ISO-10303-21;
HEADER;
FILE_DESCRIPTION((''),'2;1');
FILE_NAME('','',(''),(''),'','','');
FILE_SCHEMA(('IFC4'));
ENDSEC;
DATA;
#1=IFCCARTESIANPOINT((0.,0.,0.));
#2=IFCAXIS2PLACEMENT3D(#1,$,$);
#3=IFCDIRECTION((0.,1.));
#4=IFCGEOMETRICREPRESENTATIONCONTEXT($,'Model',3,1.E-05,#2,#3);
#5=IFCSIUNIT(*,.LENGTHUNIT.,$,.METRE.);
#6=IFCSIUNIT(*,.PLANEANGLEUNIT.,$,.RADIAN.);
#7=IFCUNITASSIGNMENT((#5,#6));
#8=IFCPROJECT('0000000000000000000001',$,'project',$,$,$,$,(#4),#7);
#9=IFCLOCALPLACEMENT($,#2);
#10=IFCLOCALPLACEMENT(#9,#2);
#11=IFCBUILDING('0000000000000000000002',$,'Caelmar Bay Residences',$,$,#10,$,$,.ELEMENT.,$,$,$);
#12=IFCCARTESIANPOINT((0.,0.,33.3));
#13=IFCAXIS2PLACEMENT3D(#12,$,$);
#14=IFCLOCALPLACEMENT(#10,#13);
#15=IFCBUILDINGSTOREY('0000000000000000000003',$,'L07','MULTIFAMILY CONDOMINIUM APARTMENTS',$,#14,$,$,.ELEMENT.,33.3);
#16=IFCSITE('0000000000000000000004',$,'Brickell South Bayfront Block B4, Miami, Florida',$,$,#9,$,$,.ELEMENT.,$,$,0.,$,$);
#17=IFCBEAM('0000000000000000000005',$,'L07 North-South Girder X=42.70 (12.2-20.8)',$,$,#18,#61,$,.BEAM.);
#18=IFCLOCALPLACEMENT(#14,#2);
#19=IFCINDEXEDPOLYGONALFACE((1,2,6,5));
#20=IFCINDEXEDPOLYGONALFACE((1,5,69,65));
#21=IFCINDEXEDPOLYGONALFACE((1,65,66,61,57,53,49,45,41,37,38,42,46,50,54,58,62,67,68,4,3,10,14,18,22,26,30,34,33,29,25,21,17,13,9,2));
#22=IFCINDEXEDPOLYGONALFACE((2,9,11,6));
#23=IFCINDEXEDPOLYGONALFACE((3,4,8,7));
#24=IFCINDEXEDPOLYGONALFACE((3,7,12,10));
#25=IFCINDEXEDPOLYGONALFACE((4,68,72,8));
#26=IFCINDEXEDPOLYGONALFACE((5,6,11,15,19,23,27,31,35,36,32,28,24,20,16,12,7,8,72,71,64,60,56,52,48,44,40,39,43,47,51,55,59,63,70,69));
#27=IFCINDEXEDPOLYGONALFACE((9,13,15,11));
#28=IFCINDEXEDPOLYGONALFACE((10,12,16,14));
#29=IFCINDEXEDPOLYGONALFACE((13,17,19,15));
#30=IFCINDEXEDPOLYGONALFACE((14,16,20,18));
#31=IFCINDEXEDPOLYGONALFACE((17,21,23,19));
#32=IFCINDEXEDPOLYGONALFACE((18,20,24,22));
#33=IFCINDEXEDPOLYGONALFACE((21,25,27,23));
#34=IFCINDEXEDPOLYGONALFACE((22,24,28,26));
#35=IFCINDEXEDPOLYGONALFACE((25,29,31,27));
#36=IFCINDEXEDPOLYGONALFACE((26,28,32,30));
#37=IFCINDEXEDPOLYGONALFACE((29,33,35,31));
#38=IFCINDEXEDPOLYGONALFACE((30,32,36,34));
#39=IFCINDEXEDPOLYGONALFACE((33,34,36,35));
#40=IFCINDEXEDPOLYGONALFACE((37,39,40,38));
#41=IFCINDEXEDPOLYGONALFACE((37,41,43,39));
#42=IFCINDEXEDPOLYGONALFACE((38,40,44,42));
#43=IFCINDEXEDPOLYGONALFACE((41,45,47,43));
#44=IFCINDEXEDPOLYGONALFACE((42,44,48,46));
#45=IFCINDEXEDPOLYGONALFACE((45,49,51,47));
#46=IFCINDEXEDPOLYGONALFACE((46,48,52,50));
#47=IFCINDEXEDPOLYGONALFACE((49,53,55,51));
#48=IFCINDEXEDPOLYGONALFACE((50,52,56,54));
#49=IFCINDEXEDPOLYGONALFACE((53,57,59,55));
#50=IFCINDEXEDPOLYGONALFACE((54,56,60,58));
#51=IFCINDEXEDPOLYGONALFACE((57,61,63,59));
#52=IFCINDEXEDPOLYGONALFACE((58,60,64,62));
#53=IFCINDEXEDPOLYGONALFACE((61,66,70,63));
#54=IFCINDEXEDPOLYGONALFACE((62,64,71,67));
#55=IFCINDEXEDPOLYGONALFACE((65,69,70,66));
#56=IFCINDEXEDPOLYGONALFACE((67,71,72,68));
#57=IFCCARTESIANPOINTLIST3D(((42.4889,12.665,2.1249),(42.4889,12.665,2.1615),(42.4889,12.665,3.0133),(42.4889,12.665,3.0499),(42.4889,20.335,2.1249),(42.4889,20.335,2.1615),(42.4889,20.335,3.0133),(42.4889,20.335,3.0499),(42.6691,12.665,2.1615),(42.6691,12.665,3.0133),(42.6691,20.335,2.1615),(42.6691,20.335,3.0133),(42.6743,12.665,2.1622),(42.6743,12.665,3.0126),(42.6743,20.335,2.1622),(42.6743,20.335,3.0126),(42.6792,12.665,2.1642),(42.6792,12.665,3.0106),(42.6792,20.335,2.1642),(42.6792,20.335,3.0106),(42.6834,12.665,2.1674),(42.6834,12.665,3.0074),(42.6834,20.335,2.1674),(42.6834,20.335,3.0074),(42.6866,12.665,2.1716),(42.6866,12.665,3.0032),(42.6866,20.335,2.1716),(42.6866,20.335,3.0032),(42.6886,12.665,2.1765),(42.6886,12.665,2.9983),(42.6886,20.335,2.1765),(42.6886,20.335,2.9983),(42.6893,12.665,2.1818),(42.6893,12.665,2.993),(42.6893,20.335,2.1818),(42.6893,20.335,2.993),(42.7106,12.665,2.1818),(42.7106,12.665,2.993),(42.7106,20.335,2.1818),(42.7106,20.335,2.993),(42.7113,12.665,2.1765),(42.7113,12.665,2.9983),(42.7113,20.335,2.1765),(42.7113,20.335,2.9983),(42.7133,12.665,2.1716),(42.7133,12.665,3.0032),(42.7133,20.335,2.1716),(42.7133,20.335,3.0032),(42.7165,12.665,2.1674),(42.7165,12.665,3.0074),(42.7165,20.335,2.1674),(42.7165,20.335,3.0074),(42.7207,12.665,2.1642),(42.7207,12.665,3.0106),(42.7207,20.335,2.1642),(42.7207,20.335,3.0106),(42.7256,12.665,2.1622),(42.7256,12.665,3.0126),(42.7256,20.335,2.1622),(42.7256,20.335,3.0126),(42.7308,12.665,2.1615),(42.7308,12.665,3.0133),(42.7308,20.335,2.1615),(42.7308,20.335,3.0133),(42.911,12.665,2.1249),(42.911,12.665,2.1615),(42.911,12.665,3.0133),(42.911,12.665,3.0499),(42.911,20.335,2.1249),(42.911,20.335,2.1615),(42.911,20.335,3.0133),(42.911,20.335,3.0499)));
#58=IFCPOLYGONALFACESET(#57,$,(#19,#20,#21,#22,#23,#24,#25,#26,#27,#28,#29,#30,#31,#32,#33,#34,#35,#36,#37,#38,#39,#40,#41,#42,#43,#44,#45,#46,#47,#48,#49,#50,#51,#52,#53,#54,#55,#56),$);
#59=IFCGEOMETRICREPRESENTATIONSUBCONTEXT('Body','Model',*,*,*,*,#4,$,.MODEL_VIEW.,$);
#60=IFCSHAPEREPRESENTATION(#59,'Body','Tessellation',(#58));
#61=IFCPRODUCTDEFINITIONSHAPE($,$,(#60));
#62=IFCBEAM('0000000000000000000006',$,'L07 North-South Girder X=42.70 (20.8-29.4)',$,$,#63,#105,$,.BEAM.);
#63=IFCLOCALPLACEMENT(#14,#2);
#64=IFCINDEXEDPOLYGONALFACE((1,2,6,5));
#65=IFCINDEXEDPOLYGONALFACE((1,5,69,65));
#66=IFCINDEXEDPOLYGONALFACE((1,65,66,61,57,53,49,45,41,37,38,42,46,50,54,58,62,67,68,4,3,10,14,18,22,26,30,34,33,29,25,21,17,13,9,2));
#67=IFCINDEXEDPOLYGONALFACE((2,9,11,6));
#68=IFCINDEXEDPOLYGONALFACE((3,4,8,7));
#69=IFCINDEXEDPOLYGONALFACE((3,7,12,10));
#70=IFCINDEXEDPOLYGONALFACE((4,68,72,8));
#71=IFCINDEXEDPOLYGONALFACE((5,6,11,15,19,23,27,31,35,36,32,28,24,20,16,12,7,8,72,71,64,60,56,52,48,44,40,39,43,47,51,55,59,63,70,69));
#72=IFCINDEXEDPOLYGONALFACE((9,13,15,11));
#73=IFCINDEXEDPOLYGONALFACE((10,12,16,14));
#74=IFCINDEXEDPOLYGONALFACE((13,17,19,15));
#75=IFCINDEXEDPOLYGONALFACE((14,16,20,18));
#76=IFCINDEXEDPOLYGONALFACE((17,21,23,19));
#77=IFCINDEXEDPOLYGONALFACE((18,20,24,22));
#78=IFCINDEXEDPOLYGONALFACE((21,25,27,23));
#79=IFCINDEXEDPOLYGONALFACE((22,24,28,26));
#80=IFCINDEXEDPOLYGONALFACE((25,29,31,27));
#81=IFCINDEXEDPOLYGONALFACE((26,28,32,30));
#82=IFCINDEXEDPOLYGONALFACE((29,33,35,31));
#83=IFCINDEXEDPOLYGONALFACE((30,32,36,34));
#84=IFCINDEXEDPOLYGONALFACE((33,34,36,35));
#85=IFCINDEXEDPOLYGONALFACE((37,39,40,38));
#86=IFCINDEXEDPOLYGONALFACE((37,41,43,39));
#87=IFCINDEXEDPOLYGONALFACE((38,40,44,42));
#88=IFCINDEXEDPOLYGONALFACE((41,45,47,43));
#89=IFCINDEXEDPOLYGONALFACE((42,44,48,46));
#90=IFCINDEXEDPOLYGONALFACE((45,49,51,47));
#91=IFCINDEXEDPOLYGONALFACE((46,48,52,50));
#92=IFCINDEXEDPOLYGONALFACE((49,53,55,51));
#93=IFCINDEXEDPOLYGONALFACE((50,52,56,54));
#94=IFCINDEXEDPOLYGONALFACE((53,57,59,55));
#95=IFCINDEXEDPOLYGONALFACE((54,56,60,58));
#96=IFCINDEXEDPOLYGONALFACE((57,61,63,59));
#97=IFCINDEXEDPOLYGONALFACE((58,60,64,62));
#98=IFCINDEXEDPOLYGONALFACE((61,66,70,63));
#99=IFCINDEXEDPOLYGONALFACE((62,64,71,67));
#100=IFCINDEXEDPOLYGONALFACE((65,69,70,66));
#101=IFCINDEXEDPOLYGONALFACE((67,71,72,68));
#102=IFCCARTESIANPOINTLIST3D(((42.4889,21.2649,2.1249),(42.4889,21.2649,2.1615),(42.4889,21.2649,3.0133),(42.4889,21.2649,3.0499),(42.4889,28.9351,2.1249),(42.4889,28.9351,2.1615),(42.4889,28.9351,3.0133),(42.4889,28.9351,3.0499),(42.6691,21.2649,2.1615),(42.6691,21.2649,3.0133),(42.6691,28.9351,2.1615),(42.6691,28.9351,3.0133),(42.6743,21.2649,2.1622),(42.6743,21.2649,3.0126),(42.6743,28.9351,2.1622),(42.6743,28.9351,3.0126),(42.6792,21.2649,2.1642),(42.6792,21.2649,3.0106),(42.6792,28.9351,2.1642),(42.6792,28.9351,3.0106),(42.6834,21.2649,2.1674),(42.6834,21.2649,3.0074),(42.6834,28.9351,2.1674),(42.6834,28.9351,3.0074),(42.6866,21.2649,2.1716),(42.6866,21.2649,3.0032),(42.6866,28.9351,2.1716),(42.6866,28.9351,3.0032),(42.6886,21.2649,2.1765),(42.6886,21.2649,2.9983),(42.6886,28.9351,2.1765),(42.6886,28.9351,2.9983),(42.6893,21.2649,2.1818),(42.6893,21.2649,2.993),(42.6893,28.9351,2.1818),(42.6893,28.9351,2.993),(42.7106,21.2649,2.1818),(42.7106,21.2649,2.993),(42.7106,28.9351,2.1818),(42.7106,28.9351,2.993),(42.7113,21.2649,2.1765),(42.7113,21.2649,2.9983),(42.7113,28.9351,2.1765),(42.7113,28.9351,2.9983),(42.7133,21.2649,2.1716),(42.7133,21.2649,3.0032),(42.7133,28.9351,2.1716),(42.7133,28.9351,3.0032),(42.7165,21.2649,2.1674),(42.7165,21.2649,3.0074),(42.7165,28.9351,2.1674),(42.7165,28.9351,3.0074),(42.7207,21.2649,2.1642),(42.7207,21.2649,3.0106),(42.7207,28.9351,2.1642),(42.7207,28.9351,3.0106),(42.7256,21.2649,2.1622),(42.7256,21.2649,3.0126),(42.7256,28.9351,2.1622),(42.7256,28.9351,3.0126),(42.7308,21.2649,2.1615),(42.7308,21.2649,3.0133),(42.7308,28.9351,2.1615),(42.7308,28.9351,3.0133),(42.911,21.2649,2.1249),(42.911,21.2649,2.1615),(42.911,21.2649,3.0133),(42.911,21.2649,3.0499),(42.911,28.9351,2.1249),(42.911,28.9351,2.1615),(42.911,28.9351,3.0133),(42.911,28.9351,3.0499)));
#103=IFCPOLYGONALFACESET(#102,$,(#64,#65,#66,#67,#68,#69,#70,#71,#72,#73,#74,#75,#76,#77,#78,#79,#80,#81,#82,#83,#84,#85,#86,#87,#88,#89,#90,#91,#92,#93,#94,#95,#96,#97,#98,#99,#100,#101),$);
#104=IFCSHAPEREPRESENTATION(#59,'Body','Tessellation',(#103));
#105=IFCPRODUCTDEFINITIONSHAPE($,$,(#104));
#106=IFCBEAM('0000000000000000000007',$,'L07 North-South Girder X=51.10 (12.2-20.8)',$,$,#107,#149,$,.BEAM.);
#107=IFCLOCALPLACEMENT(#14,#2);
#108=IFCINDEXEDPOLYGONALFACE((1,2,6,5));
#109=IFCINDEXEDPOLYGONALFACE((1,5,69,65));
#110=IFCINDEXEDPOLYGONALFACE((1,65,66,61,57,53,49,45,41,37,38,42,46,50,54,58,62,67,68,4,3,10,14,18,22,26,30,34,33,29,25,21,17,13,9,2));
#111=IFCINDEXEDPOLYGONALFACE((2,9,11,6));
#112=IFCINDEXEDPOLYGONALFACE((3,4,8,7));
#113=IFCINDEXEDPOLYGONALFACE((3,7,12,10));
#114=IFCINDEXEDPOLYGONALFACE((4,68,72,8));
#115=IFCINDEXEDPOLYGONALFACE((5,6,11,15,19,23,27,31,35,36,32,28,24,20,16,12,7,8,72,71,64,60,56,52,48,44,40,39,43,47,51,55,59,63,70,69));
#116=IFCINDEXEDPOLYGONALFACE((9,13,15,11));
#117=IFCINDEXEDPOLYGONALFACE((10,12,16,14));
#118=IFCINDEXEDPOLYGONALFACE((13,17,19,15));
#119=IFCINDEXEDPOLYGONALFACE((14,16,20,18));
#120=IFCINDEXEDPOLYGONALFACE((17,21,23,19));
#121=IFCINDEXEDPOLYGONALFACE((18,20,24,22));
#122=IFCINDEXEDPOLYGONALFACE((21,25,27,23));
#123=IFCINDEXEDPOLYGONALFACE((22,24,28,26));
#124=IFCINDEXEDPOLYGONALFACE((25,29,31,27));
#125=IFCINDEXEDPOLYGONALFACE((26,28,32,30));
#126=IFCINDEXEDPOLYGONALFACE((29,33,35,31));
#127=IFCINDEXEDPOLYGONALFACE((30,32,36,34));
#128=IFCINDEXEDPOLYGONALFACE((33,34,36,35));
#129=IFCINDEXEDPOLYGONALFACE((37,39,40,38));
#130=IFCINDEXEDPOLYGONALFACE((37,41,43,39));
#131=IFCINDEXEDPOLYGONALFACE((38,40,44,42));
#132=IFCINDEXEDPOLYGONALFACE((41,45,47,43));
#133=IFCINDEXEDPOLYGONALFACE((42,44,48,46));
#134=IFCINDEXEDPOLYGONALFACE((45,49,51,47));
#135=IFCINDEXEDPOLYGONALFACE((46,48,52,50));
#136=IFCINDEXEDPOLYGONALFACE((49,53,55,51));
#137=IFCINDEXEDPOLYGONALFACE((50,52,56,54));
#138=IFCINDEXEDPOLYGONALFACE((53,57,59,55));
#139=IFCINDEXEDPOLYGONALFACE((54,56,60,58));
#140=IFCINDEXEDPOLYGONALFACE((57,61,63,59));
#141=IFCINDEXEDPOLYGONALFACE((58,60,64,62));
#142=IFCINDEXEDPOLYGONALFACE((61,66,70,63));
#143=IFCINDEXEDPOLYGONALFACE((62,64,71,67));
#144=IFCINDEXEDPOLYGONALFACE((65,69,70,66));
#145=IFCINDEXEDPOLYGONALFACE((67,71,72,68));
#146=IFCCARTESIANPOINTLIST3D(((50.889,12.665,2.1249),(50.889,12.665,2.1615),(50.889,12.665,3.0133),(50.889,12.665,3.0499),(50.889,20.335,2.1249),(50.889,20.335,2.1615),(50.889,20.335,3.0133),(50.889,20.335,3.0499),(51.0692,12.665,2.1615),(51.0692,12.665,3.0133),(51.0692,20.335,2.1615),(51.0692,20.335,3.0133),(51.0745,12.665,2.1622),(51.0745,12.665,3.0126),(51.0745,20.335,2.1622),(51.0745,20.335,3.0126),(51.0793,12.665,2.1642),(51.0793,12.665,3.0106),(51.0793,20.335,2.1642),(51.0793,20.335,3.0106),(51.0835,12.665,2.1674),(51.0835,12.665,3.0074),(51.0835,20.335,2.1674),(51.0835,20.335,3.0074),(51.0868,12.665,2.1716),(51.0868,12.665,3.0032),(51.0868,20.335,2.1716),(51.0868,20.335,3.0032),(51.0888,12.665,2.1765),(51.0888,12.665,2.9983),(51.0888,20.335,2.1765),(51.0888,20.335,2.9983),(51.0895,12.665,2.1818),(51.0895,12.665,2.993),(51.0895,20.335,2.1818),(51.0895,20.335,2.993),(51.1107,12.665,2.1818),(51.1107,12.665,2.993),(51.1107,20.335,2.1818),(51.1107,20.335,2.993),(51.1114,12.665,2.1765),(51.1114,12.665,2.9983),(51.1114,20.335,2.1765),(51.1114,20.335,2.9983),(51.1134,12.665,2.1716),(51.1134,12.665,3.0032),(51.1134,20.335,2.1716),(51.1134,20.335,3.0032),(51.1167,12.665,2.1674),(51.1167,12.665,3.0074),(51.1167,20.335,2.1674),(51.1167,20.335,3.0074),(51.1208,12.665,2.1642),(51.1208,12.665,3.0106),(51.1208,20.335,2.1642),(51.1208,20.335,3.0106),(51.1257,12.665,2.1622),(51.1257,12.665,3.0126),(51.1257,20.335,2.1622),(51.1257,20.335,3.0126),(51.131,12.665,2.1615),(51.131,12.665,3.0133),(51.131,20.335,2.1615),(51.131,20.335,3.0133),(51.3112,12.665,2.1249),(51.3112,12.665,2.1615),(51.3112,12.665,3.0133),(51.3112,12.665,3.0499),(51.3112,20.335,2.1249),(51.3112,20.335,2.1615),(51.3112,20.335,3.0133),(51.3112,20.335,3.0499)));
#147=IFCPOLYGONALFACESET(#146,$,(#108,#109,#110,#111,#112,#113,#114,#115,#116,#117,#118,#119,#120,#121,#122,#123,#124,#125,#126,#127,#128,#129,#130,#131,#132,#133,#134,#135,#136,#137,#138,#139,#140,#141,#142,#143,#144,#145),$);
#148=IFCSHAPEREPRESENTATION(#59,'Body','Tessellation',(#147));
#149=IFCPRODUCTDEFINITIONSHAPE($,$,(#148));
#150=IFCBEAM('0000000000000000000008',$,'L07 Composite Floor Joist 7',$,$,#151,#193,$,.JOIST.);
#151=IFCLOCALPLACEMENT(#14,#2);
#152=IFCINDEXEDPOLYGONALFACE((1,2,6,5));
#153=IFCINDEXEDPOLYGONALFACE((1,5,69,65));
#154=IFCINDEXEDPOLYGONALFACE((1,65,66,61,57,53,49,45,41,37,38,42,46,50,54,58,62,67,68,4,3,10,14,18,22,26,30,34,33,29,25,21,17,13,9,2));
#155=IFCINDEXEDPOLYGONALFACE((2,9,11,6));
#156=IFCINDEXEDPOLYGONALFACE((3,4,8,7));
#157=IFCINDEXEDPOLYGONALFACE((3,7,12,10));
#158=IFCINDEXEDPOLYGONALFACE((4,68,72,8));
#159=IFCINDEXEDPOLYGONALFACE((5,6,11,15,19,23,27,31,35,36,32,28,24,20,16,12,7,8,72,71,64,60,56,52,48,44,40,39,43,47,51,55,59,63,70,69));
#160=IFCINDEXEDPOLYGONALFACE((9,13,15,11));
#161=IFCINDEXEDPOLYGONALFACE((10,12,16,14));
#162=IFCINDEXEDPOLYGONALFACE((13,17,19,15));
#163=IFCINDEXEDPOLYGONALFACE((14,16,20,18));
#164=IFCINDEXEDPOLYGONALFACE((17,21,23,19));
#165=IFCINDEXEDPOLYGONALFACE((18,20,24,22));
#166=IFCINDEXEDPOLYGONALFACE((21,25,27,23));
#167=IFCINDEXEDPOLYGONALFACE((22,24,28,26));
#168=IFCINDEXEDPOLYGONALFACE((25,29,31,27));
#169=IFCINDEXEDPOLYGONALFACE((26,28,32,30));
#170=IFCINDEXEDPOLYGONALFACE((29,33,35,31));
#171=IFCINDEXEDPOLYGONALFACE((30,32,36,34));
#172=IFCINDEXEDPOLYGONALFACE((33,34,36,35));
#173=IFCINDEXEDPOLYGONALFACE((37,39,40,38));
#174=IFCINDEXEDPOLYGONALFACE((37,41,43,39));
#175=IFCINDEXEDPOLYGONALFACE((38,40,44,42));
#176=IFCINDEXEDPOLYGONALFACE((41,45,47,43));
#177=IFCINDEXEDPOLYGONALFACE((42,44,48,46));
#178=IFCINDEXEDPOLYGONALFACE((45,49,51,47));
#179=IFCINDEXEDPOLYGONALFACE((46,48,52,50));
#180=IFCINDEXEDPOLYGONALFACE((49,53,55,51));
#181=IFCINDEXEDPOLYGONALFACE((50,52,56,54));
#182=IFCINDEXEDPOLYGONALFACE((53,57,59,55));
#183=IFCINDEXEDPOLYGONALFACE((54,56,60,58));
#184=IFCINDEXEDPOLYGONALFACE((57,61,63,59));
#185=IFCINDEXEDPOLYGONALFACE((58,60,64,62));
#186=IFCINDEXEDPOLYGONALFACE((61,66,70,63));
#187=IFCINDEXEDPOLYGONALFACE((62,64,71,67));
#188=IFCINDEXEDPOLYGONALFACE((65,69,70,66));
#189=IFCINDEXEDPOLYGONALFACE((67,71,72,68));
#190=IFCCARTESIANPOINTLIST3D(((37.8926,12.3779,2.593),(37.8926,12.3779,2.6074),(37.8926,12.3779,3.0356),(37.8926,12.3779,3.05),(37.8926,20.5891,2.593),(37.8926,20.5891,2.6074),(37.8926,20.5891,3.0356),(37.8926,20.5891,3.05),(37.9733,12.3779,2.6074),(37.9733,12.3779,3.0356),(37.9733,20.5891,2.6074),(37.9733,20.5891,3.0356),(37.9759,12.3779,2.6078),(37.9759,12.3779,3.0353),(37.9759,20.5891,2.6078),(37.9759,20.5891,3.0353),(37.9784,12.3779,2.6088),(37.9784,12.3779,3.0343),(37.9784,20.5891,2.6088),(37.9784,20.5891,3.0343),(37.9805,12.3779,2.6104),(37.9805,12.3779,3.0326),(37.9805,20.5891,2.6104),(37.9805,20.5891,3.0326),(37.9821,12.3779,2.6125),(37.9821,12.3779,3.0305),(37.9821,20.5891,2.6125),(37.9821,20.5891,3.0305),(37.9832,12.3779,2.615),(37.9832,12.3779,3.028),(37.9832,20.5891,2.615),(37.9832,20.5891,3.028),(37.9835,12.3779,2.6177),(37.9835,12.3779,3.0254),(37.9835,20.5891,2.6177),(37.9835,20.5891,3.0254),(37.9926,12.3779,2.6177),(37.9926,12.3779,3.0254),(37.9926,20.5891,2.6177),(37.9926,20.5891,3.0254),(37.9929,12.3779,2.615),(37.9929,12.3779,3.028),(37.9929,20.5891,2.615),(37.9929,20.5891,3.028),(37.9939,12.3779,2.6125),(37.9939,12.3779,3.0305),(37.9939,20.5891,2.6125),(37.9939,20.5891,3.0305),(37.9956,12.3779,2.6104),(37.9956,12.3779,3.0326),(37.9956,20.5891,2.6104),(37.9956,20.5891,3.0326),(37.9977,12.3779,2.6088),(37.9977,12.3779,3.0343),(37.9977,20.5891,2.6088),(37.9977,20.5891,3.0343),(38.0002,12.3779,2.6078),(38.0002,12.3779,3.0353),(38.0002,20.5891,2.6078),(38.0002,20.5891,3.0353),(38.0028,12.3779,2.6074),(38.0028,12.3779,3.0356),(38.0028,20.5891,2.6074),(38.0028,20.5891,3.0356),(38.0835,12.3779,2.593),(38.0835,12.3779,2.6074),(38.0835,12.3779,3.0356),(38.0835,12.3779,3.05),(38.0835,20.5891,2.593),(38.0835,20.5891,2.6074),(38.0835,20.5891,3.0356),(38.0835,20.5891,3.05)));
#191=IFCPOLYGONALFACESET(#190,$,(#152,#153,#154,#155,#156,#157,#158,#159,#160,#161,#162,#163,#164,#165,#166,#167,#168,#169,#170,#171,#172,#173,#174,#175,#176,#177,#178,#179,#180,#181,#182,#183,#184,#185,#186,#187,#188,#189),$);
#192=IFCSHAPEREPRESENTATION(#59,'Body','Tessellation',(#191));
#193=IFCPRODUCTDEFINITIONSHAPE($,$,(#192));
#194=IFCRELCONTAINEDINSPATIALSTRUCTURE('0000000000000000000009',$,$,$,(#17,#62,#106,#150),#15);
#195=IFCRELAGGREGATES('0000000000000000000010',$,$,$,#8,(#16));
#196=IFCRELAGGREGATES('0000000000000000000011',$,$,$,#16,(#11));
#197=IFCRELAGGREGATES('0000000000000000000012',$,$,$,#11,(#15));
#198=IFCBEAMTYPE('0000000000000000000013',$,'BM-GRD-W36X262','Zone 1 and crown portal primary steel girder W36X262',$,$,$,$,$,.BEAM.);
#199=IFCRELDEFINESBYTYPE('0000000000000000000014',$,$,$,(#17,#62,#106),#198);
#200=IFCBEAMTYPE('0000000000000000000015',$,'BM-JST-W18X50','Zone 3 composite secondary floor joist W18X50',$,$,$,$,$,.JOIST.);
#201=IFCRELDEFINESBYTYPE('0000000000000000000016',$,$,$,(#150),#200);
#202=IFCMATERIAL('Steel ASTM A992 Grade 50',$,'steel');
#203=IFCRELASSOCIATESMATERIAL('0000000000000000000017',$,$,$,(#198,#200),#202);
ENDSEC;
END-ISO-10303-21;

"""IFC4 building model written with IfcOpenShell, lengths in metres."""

from ifc_helpers import new_model, si_unit, direction, frame, origin, origin_2d, place, context, subcontext, project, spatial, i_section, extrude, material, material_profile, profile_set, type_object, element, save


model = new_model("IFC4")

# Units and contexts
model_context = context("Model", 3, precision=1e-05, world=origin(), true_north=direction((0.0, 1.0)))
body_context = subcontext(model_context, "Body", "Model", "MODEL_VIEW")
ifc_project = project(units=[si_unit("LENGTHUNIT", "METRE"), si_unit("PLANEANGLEUNIT", "RADIAN")], contexts=[model_context])

# Site, building, storey
site_placement = place(None, origin())
site = spatial("IfcSite", under=ifc_project, at=site_placement, Name="Brickell South Bayfront Block B4, Miami, Florida", CompositionType="ELEMENT", RefElevation=0.0)
building_placement = place(site_placement, origin())
building = spatial("IfcBuilding", under=site, at=building_placement, Name="Caelmar Bay Residences", CompositionType="ELEMENT")
storey_placement = place(building_placement, frame((0.0, 0.0, 33.3)))
storey = spatial("IfcBuildingStorey", under=building, at=storey_placement, Name="L07", Description="MULTIFAMILY CONDOMINIUM APARTMENTS", CompositionType="ELEMENT", Elevation=33.3)

# Beams
ifc_material_1 = material(Name="Steel ASTM A992 Grade 50", Category="steel")
ifc_material_profile_1 = material_profile(ifc_material_1, i_section(OverallWidth=0.4221, OverallDepth=0.925, WebThickness=0.0212, FlangeThickness=0.0366, FilletRadius=0.0203, at=origin_2d()), Name="W36X262")
ifc_profile_set_1 = profile_set([ifc_material_profile_1], Name="Steel ASTM A992 Grade 50")
beam_type_1 = type_object("IfcBeamType", Name="BM-GRD-W36X262", Description="Zone 1 and crown portal primary steel girder W36X262", PredefinedType="BEAM", material=ifc_profile_set_1)
beam_1_placement = place(storey_placement, frame((42.7, 12.665, 2.5874), z_axis=(0.0, 1.0, 0.0), x_axis=(-1.0, 0.0, 0.0)))
element("IfcBeam", 1, at=beam_1_placement, inside=storey, type_object=beam_type_1, Name="L07 North-South Girder X=42.70 (12.2-20.8)", PredefinedType="BEAM", context=body_context, shape_type="SweptSolid", body=[
    extrude(i_section(OverallWidth=0.4221, OverallDepth=0.925, WebThickness=0.0212, FlangeThickness=0.0366, FilletRadius=0.0203, at=origin_2d()), origin(), (0.0, 0.0, 1.0), 7.6699),
])
beam_2_placement = place(storey_placement, frame((42.7, 21.2649, 2.5874), z_axis=(0.0, 1.0, 0.0), x_axis=(-1.0, 0.0, 0.0)))
element("IfcBeam", 2, at=beam_2_placement, inside=storey, type_object=beam_type_1, Name="L07 North-South Girder X=42.70 (20.8-29.4)", PredefinedType="BEAM", context=body_context, shape_type="SweptSolid", body=[
    extrude(i_section(OverallWidth=0.4221, OverallDepth=0.925, WebThickness=0.0212, FlangeThickness=0.0366, FilletRadius=0.0203, at=origin_2d()), origin(), (0.0, 0.0, 1.0), 7.6702),
])
beam_3_placement = place(storey_placement, frame((51.1001, 12.665, 2.5874), z_axis=(0.0, 1.0, 0.0), x_axis=(-1.0, 0.0, 0.0)))
element("IfcBeam", 3, at=beam_3_placement, inside=storey, type_object=beam_type_1, Name="L07 North-South Girder X=51.10 (12.2-20.8)", PredefinedType="BEAM", context=body_context, shape_type="SweptSolid", body=[
    extrude(i_section(OverallWidth=0.4221, OverallDepth=0.925, WebThickness=0.0212, FlangeThickness=0.0366, FilletRadius=0.0203, at=origin_2d()), origin(), (0.0, 0.0, 1.0), 7.6699),
])
ifc_material_profile_2 = material_profile(ifc_material_1, i_section(OverallWidth=0.1909, OverallDepth=0.457, WebThickness=0.009, FlangeThickness=0.0144, FilletRadius=0.0103, at=origin_2d()), Name="W18X50")
ifc_profile_set_2 = profile_set([ifc_material_profile_2], Name="Steel ASTM A992 Grade 50")
beam_type_2 = type_object("IfcBeamType", Name="BM-JST-W18X50", Description="Zone 3 composite secondary floor joist W18X50", PredefinedType="JOIST", material=ifc_profile_set_2)
for number, where, z_axis, x_axis, name in (
    (4, (37.988, 12.3779, 2.8215), (0.0, 1.0, 0.0), (-1.0, 0.0, 0.0), "L07 Composite Floor Joist 7"),
):
    element("IfcBeam", number, at=place(storey_placement, frame(where, z_axis=z_axis, x_axis=x_axis)), inside=storey, type_object=beam_type_2, Name=name, PredefinedType="JOIST", context=body_context, shape_type="SweptSolid", body=[
        extrude(i_section(OverallWidth=0.1909, OverallDepth=0.457, WebThickness=0.009, FlangeThickness=0.0144, FilletRadius=0.0103, at=origin_2d()), origin(), (0.0, 0.0, 1.0), 8.2112),
    ])

save(model, "model.ifc")
